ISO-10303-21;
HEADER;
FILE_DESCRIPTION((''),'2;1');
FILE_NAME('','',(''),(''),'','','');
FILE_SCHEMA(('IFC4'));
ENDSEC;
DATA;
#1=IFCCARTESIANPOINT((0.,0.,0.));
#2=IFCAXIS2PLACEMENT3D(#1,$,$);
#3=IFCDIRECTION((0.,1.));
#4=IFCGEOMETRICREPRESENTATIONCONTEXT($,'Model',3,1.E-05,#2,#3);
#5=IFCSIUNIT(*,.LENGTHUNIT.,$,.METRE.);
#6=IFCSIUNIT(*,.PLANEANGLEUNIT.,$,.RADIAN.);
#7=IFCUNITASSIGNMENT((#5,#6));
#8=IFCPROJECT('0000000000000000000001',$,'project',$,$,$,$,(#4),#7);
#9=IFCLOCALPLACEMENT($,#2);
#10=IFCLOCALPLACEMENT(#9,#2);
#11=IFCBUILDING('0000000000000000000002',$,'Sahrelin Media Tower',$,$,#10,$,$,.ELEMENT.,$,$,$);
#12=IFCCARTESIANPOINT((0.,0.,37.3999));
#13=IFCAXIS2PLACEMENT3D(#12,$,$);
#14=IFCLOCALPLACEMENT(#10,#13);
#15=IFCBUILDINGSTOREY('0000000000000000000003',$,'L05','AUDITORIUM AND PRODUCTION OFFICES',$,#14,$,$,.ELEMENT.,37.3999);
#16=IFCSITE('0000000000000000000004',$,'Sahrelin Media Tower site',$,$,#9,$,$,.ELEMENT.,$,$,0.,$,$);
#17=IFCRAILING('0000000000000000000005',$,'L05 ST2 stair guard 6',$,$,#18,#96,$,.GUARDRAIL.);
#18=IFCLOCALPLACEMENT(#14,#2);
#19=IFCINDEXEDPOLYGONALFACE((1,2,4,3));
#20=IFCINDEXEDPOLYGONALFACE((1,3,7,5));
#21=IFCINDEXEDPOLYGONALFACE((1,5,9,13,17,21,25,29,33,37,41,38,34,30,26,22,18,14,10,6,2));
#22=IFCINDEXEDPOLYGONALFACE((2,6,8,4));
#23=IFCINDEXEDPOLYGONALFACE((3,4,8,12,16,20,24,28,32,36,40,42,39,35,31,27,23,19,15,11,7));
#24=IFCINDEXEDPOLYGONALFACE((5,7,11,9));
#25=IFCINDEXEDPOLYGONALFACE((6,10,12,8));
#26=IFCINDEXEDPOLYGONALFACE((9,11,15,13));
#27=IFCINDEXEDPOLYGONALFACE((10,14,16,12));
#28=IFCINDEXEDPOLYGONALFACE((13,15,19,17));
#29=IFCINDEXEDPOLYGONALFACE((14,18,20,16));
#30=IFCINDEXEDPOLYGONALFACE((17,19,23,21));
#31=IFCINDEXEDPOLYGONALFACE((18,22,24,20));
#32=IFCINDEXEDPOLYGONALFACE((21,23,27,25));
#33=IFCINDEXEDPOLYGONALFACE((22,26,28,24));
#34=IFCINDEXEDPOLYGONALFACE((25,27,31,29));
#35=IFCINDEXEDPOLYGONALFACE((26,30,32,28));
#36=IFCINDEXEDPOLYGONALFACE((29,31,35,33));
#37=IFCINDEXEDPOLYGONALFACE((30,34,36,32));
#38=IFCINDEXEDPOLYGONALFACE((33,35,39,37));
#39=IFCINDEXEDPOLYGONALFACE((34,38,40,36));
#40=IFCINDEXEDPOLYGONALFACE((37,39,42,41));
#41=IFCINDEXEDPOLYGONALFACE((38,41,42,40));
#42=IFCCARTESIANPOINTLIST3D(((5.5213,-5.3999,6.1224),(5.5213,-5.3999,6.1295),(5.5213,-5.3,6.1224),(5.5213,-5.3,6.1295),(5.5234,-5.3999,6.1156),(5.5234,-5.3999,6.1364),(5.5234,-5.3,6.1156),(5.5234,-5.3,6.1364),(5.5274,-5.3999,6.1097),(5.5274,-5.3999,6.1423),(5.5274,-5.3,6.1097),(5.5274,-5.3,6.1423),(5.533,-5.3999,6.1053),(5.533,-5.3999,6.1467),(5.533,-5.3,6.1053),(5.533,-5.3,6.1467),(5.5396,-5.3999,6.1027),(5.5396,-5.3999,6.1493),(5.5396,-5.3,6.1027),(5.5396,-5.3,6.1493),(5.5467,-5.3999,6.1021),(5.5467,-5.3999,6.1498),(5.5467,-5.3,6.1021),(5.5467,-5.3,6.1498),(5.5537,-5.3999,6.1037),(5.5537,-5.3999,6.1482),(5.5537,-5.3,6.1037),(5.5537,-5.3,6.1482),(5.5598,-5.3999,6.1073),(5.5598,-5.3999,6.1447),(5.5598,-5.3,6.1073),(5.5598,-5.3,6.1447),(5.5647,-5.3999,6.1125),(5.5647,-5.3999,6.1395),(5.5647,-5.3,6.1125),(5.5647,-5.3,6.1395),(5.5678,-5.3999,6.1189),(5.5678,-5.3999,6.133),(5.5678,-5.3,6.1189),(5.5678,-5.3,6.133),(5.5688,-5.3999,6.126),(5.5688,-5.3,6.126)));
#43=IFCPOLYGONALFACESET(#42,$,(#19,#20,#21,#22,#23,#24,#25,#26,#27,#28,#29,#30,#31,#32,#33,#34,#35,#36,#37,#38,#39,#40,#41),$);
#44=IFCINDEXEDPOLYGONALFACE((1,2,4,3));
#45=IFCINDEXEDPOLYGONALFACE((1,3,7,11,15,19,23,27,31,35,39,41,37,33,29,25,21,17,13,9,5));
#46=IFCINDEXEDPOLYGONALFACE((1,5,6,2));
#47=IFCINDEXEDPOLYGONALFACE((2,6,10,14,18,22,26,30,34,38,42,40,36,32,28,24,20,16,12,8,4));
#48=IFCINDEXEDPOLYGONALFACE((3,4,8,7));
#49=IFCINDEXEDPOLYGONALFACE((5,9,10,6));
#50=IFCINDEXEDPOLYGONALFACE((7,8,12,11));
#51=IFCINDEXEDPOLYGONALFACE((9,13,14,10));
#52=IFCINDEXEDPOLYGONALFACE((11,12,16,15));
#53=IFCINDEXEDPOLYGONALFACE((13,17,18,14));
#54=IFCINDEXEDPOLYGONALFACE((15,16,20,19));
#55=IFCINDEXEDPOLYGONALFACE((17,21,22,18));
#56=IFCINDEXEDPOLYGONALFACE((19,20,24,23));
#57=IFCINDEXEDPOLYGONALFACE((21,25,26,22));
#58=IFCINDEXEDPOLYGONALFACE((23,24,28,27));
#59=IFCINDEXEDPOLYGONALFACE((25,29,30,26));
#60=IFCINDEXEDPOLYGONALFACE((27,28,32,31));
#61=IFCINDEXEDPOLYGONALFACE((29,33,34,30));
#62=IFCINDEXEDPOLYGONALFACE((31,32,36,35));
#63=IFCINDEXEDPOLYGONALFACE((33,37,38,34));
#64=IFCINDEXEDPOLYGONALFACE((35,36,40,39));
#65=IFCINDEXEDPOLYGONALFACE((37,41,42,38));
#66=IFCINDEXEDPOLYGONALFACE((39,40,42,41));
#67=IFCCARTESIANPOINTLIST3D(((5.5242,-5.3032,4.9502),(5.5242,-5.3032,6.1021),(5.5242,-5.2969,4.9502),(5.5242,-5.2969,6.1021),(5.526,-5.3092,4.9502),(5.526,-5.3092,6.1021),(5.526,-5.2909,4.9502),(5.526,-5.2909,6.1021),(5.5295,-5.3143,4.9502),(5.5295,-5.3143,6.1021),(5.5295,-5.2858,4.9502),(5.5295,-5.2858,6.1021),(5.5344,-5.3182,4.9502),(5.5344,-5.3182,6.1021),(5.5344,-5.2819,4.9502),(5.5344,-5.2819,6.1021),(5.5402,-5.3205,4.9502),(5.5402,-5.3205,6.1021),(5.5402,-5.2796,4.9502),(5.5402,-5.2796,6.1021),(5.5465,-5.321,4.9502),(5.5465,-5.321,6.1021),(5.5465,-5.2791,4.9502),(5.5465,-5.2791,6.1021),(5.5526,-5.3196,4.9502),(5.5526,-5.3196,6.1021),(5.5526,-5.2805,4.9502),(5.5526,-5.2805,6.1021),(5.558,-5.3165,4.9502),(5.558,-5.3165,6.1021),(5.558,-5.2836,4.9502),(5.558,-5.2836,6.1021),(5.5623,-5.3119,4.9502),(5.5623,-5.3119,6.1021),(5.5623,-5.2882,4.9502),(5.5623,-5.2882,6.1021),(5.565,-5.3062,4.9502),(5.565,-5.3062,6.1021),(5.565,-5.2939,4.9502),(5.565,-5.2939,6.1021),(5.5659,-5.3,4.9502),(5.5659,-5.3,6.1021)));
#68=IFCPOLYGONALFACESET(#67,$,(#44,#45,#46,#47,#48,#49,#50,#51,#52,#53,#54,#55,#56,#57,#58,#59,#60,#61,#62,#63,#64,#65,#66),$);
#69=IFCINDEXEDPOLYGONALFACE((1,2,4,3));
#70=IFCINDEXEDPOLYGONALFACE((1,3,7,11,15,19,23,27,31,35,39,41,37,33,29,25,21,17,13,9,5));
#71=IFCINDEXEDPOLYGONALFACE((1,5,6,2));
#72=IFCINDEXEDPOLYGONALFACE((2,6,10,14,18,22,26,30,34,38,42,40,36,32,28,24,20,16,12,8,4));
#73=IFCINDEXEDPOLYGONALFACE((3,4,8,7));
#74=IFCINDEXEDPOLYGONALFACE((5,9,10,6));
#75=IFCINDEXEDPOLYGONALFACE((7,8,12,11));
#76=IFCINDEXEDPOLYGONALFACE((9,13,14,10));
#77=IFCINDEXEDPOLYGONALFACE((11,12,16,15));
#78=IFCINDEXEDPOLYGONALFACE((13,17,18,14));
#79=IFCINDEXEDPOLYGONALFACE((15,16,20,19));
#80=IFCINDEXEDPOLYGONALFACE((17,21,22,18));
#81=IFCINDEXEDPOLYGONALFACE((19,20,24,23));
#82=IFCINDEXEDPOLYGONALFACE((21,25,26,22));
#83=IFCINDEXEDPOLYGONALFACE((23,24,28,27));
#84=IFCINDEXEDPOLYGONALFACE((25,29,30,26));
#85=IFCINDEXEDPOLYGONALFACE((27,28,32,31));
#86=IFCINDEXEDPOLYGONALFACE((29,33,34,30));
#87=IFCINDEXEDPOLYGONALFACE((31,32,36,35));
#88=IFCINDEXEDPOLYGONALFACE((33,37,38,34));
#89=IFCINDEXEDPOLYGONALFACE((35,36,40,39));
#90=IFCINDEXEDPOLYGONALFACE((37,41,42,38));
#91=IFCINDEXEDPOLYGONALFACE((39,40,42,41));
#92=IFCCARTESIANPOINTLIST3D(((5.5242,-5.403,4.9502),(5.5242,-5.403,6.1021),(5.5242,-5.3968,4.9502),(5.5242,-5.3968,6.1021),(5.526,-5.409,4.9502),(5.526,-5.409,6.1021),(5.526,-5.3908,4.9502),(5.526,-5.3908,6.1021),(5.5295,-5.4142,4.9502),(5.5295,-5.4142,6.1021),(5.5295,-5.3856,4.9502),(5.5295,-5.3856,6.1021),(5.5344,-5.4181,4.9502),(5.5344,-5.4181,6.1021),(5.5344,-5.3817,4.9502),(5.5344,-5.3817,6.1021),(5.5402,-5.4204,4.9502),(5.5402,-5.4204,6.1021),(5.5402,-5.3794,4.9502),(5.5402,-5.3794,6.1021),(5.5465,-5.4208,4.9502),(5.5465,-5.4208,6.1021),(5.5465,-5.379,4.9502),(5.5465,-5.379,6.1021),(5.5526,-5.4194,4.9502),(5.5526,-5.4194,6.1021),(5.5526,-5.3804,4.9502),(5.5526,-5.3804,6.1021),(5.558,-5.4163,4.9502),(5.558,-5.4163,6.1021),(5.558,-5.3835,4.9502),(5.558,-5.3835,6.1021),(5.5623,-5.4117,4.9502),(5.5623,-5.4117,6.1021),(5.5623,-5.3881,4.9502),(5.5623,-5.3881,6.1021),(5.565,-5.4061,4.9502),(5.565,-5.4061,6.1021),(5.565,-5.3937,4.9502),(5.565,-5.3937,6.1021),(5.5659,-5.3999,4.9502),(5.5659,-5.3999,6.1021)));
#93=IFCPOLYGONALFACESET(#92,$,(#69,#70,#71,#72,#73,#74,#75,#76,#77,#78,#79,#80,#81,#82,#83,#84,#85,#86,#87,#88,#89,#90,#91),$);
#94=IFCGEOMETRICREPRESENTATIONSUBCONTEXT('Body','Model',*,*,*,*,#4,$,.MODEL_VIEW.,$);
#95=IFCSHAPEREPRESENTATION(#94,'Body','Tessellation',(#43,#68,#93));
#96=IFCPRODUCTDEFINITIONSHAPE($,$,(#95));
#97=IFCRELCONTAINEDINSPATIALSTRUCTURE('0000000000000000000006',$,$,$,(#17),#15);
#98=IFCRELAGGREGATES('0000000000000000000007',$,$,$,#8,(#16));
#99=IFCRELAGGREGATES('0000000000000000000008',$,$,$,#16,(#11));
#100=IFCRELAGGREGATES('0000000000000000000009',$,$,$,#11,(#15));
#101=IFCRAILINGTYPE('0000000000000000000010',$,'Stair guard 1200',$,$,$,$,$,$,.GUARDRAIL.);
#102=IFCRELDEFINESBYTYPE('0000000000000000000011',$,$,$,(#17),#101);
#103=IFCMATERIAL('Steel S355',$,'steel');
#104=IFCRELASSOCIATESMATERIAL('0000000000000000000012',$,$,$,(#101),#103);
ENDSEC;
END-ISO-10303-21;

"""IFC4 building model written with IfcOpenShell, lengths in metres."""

from ifc_helpers import new_model, si_unit, direction, frame, origin, origin_2d, place, context, subcontext, project, spatial, circle, extrude, material, type_object, element, save


model = new_model("IFC4")

# Units and contexts
model_context = context("Model", 3, precision=1e-05, world=origin(), true_north=direction((0.0, 1.0)))
body_context = subcontext(model_context, "Body", "Model", "MODEL_VIEW")
ifc_project = project(units=[si_unit("LENGTHUNIT", "METRE"), si_unit("PLANEANGLEUNIT", "RADIAN")], contexts=[model_context])

# Site, building, storey
site_placement = place(None, origin())
site = spatial("IfcSite", under=ifc_project, at=site_placement, Name="Sahrelin Media Tower site", CompositionType="ELEMENT", RefElevation=0.0)
building_placement = place(site_placement, origin())
building = spatial("IfcBuilding", under=site, at=building_placement, Name="Sahrelin Media Tower", CompositionType="ELEMENT")
storey_placement = place(building_placement, frame((0.0, 0.0, 37.3999)))
storey = spatial("IfcBuildingStorey", under=building, at=storey_placement, Name="L05", Description="AUDITORIUM AND PRODUCTION OFFICES", CompositionType="ELEMENT", Elevation=37.3999)

# Shared definitions
ifc_material_1 = material(Name="Steel S355", Category="steel")

# Railing
railing_type_1 = type_object("IfcRailingType", Name="Stair guard 1200", PredefinedType="GUARDRAIL", material=ifc_material_1)
railing_1_placement = place(storey_placement, frame((5.5449, -5.3, 4.9502)))
element("IfcRailing", 1, at=railing_1_placement, inside=storey, type_object=railing_type_1, Name="L05 ST2 stair guard 6", PredefinedType="GUARDRAIL", context=body_context, shape_type="SweptSolid", body=[
    extrude(circle(Radius=0.0239, at=origin_2d()), frame((0.0, 0.0, 1.1758), z_axis=(0.0, -1.0, 0.0), x_axis=(1.0, 0.0, 0.0)), (0.0, 0.0, 1.0), 0.0999),
    extrude(circle(Radius=0.021, at=origin_2d()), origin(), (0.0, 0.0, 1.0), 1.1519),
    extrude(circle(Radius=0.021, at=origin_2d()), frame((0.0, -0.0999, 0.0)), (0.0, 0.0, 1.0), 1.1519),
])

save(model, "model.ifc")
